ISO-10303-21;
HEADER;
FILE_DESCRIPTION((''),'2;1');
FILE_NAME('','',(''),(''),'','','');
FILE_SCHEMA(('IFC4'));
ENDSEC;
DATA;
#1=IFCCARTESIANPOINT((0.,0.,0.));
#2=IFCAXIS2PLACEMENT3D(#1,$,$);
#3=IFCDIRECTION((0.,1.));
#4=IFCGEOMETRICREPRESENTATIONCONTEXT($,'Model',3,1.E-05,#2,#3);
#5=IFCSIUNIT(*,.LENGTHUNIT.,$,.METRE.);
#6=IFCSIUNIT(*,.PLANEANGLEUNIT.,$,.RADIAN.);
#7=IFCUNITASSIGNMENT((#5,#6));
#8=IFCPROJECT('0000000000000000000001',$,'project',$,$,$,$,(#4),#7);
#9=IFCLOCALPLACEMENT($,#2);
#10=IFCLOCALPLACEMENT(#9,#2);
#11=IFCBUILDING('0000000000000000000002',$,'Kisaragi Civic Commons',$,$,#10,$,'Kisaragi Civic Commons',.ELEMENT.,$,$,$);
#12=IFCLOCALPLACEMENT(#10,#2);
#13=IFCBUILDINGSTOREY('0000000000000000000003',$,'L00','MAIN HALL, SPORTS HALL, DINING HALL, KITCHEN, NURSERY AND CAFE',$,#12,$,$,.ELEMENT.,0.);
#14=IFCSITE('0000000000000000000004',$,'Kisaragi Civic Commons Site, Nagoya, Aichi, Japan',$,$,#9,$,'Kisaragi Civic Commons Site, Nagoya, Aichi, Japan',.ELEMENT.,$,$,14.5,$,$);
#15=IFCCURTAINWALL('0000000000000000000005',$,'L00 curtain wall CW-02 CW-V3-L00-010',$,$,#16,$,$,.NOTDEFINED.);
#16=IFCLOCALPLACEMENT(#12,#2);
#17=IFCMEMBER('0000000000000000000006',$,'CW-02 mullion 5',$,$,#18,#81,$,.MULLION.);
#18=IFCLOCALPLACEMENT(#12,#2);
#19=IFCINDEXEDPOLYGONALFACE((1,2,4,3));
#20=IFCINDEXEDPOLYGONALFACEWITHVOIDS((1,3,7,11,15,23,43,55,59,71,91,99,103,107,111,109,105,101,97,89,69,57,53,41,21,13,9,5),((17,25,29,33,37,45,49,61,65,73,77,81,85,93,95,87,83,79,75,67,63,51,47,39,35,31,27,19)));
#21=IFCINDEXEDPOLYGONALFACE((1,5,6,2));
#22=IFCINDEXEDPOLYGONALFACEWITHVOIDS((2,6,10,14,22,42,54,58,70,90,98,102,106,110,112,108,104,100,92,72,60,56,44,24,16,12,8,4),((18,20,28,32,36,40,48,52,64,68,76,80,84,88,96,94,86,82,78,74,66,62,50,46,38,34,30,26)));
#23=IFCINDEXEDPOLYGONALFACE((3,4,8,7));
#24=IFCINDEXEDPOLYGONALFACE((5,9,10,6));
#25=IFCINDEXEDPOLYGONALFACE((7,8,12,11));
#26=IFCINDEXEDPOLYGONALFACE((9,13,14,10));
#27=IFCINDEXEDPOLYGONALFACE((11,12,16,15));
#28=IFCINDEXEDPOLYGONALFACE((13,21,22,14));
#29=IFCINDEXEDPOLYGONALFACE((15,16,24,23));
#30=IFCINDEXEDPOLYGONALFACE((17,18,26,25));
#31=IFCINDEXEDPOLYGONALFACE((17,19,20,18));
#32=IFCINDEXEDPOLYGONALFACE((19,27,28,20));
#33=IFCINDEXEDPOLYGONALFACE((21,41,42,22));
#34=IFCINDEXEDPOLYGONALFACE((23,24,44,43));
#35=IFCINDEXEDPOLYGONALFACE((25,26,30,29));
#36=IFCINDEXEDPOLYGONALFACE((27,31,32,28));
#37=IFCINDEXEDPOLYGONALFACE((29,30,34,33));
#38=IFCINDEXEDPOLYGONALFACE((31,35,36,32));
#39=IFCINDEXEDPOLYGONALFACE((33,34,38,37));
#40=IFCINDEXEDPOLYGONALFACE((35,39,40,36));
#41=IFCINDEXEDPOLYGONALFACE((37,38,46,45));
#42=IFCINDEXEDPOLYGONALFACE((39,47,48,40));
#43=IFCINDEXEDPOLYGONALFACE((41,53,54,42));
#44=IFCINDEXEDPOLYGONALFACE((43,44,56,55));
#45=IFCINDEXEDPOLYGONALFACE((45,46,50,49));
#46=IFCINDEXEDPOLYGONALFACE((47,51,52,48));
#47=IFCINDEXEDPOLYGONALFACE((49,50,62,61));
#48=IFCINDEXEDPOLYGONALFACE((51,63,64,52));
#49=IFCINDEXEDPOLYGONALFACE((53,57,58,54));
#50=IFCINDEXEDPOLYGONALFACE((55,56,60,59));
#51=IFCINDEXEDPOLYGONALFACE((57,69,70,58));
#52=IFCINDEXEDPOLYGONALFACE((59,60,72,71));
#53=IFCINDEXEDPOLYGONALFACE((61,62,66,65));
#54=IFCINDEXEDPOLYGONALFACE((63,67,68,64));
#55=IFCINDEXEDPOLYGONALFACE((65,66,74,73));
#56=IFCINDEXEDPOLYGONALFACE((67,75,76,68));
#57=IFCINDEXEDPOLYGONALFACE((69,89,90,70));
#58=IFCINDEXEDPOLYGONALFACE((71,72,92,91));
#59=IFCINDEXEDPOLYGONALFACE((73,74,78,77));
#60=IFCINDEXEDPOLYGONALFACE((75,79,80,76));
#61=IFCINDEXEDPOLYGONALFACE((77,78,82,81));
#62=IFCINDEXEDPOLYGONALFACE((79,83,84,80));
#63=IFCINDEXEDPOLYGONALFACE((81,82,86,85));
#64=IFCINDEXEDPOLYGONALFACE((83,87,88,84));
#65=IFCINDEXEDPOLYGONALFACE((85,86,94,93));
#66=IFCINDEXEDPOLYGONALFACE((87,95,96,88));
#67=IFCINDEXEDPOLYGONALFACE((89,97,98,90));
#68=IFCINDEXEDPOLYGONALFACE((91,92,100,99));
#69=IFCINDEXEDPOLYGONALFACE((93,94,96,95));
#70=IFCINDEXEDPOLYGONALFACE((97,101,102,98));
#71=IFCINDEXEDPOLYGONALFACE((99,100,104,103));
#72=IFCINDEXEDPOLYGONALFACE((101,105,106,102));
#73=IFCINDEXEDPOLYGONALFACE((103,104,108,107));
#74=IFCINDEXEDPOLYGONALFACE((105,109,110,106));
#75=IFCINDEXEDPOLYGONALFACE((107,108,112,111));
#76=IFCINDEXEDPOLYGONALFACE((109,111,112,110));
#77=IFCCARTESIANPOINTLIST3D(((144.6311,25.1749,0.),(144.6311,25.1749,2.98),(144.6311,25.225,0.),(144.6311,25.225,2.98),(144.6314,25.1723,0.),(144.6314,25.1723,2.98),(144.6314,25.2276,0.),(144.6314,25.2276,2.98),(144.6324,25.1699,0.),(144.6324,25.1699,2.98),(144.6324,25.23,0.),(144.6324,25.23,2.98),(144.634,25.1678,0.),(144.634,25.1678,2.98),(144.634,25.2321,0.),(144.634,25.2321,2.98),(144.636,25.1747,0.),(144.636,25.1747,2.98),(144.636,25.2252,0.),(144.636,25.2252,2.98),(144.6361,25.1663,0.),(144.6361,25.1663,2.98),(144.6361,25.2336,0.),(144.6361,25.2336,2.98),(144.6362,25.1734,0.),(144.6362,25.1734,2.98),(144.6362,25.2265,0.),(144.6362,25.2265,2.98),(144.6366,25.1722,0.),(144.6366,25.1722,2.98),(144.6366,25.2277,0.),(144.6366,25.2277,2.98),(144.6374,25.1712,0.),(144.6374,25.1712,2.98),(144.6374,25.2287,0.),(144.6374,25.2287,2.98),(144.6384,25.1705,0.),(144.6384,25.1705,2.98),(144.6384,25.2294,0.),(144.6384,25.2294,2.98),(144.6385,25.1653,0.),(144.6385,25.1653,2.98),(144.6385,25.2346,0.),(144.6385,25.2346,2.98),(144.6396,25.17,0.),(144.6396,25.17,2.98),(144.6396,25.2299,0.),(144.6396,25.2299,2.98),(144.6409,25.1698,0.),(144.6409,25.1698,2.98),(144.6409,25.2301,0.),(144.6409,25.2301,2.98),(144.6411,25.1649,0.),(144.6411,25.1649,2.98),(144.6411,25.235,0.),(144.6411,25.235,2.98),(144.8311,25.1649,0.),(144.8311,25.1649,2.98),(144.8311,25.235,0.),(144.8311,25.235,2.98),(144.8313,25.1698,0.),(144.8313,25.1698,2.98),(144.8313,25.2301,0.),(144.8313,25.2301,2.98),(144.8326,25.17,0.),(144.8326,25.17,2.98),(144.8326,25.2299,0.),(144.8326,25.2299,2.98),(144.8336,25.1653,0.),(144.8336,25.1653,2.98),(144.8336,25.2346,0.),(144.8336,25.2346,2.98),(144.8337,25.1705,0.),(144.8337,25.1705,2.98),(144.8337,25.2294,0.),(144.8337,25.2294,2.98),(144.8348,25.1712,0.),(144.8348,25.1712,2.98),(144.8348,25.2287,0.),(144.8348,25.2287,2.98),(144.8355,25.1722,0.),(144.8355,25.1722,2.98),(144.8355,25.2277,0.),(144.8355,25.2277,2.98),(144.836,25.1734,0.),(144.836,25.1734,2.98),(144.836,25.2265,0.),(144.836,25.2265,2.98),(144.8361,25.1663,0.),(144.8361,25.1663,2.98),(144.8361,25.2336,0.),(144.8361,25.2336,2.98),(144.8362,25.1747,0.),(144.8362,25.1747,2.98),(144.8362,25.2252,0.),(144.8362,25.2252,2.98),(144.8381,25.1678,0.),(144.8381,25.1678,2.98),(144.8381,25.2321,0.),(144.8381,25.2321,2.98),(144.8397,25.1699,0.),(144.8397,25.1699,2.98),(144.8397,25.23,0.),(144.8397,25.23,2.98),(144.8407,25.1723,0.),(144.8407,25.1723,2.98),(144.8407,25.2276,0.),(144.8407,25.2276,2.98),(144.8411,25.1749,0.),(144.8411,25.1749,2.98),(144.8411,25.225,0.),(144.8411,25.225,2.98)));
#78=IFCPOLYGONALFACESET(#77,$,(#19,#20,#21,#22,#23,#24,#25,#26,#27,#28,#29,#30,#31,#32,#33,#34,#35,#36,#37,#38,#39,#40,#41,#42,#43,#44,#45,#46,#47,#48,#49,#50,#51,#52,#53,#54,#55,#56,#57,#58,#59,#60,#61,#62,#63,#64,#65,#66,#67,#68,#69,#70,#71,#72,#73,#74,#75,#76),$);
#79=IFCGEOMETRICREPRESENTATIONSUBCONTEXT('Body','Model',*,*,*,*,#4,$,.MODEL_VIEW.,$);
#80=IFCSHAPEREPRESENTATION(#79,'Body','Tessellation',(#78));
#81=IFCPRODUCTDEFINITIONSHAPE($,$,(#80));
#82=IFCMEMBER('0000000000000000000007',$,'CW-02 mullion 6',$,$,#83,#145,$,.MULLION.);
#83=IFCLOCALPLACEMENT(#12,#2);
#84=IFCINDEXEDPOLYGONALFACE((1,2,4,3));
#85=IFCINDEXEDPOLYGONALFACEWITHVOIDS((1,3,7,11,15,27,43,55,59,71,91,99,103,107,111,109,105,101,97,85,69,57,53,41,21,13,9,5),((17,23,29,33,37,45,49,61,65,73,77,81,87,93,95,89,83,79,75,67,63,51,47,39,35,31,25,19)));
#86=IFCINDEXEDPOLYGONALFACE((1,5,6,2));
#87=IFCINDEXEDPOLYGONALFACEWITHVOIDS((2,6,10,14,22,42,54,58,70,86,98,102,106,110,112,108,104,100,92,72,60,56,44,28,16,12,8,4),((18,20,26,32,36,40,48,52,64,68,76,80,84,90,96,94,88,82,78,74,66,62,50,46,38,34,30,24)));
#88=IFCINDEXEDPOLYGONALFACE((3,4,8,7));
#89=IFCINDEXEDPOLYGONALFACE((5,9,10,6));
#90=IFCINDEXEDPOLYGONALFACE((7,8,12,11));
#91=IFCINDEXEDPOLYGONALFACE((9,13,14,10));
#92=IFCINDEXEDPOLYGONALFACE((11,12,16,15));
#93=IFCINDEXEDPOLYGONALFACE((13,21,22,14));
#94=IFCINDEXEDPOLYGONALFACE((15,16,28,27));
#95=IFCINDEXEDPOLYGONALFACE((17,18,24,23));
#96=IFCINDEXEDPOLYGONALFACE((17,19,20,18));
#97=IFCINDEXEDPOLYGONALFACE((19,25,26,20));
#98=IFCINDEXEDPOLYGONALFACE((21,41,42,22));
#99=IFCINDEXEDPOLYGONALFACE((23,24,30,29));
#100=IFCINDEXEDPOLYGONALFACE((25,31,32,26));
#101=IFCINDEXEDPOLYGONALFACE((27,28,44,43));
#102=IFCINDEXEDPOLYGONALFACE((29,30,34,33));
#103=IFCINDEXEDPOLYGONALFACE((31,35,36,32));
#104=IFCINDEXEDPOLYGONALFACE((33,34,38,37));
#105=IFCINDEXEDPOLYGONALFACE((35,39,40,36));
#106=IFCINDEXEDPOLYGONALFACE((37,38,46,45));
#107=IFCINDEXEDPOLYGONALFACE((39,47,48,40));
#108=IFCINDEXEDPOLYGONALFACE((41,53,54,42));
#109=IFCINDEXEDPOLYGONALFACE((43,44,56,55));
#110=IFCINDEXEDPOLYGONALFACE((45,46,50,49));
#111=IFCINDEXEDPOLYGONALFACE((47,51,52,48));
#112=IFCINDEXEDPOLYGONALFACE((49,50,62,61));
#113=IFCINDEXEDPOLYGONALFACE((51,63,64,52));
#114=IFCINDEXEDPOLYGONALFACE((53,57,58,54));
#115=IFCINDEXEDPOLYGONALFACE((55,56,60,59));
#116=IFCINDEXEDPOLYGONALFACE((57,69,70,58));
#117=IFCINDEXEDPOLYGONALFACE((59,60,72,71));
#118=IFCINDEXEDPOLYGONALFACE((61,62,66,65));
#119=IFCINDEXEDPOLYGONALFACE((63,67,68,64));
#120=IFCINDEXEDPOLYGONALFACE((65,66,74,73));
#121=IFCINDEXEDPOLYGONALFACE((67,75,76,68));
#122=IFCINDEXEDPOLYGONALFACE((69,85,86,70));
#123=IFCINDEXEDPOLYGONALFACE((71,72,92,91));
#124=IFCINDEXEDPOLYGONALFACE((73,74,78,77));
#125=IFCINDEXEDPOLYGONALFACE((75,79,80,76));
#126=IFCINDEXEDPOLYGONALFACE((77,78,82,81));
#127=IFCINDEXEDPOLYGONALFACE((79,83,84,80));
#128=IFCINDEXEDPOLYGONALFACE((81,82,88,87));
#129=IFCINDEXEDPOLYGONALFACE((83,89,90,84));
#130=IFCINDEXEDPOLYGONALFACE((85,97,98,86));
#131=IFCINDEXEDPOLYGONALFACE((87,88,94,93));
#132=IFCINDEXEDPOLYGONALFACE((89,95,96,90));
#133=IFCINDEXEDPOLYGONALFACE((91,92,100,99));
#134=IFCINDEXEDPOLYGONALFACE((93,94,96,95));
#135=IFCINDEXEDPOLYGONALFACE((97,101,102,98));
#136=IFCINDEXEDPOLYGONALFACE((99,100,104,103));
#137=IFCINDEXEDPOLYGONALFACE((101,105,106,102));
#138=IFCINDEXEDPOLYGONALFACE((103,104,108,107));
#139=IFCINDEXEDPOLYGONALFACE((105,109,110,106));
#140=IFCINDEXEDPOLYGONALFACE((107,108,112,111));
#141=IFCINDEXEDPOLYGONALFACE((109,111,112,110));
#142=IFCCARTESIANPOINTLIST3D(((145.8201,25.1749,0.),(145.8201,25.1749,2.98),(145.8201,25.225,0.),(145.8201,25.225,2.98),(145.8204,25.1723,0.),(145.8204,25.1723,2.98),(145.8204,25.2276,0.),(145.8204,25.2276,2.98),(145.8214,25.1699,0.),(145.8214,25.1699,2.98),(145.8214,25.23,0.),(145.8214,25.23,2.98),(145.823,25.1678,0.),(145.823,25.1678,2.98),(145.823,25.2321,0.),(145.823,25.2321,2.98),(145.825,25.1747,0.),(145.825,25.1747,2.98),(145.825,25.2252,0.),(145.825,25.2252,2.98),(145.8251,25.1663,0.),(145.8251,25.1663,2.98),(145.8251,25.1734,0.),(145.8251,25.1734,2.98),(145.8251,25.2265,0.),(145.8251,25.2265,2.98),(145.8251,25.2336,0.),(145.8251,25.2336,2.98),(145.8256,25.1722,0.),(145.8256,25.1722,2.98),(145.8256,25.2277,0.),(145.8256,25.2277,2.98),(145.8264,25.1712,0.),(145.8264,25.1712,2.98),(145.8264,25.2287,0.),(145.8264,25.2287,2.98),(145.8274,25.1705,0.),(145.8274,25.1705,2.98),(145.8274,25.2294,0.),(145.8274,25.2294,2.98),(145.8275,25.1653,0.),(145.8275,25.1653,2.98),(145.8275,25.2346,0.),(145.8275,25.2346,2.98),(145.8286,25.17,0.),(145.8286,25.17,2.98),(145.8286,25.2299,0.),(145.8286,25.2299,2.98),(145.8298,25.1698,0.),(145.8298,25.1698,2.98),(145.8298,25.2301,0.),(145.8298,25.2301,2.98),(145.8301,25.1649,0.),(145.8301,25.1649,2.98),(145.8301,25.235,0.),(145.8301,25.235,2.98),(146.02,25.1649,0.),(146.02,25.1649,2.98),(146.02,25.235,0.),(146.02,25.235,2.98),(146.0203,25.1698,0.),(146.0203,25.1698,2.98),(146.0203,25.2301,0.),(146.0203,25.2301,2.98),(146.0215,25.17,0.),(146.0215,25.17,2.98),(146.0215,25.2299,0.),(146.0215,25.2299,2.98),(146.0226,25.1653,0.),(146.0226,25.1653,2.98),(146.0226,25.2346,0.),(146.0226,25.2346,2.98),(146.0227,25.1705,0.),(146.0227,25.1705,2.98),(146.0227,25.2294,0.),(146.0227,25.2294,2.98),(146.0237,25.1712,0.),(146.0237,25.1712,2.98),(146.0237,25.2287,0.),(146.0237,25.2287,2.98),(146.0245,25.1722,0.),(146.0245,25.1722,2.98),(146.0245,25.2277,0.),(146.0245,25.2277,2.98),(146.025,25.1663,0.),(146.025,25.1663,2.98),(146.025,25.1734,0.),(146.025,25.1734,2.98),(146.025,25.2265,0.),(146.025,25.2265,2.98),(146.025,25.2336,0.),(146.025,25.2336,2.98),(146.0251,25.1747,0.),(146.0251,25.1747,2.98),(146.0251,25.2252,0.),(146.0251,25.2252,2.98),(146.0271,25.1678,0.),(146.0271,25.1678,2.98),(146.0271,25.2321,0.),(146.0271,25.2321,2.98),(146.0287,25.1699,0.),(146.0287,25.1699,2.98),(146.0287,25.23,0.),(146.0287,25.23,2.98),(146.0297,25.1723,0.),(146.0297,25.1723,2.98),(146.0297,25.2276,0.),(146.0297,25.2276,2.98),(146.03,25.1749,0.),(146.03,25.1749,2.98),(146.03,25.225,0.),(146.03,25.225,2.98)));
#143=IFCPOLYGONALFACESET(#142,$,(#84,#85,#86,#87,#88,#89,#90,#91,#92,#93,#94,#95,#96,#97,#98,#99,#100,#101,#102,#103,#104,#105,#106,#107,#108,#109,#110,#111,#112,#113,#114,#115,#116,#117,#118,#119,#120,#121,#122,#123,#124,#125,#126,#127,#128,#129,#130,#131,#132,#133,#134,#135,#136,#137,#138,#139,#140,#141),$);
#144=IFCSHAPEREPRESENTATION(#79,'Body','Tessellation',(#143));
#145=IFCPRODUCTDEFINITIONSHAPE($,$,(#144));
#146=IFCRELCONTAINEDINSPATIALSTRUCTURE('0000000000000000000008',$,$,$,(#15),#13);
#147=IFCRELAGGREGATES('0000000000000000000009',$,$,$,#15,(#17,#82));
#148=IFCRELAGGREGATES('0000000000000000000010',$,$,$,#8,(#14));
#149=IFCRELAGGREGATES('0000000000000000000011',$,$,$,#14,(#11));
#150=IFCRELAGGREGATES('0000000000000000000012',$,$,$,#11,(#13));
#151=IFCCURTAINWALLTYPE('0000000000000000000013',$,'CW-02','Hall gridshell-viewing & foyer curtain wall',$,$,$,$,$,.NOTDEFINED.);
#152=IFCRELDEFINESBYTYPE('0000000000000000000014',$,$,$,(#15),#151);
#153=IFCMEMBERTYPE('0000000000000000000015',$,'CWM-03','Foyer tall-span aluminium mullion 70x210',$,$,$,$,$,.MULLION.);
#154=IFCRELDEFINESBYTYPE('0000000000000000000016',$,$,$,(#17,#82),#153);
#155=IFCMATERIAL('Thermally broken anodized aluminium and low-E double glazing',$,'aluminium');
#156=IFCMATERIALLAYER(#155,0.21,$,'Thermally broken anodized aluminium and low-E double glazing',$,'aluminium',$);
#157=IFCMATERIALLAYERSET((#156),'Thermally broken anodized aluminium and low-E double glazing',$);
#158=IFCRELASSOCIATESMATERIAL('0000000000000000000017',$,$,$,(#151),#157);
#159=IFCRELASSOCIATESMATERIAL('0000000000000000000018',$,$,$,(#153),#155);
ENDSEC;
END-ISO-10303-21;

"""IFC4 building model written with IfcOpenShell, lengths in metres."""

from ifc_helpers import new_model, si_unit, direction, frame, origin, origin_2d, place, context, subcontext, project, spatial, hollow_rectangle, extrude, material, layer, layer_set, material_profile, profile_set, type_object, element, aggregate, save


model = new_model("IFC4")

# Units and contexts
model_context = context("Model", 3, precision=1e-05, world=origin(), true_north=direction((0.0, 1.0)))
body_context = subcontext(model_context, "Body", "Model", "MODEL_VIEW")
ifc_project = project(units=[si_unit("LENGTHUNIT", "METRE"), si_unit("PLANEANGLEUNIT", "RADIAN")], contexts=[model_context])

# Site, building, storey
site_placement = place(None, origin())
site = spatial("IfcSite", under=ifc_project, at=site_placement, Name="Kisaragi Civic Commons Site, Nagoya, Aichi, Japan", LongName="Kisaragi Civic Commons Site, Nagoya, Aichi, Japan", CompositionType="ELEMENT", RefElevation=14.5)
building_placement = place(site_placement, origin())
building = spatial("IfcBuilding", under=site, at=building_placement, Name="Kisaragi Civic Commons", LongName="Kisaragi Civic Commons", CompositionType="ELEMENT")
storey_placement = place(building_placement, origin())
storey = spatial("IfcBuildingStorey", under=building, at=storey_placement, Name="L00", Description="MAIN HALL, SPORTS HALL, DINING HALL, KITCHEN, NURSERY AND CAFE", CompositionType="ELEMENT", Elevation=0.0)

# Curtain wall, members
ifc_material_1 = material(Name="Thermally broken anodized aluminium and low-E double glazing", Category="aluminium")
ifc_layer_1 = layer(ifc_material_1, 0.21, Name="Thermally broken anodized aluminium and low-E double glazing", Category="aluminium")
ifc_layer_set_1 = layer_set([ifc_layer_1], Name="Thermally broken anodized aluminium and low-E double glazing")
curtain_wall_type = type_object("IfcCurtainWallType", Name="CW-02", Description="Hall gridshell-viewing & foyer curtain wall", PredefinedType="NOTDEFINED", material=ifc_layer_set_1)
curtain_wall_placement = place(storey_placement, origin())
curtain_wall = element("IfcCurtainWall", 1, at=curtain_wall_placement, inside=storey, type_object=curtain_wall_type, Name="L00 curtain wall CW-02 CW-V3-L00-010", PredefinedType="NOTDEFINED")
ifc_material_profile_1 = material_profile(ifc_material_1, hollow_rectangle(XDim=0.0701, YDim=0.21, WallThickness=0.0049, InnerFilletRadius=0.0049, OuterFilletRadius=0.01, at=origin_2d()), Name="CWM-70x210x5", Category="aluminium")
ifc_profile_set_1 = profile_set([ifc_material_profile_1], Name="Thermally broken anodized aluminium and low-E double glazing")
member_type_1 = type_object("IfcMemberType", Name="CWM-03", Description="Foyer tall-span aluminium mullion 70x210", PredefinedType="MULLION", material=ifc_profile_set_1)
member_1_placement = place(storey_placement, frame((144.7361, 25.2, 0.0), z_axis=(0.0, 0.0, 1.0), x_axis=(0.0, 1.0, 0.0)))
member_1 = element("IfcMember", 2, at=member_1_placement, type_object=member_type_1, Name="CW-02 mullion 5", PredefinedType="MULLION", context=body_context, shape_type="SweptSolid", body=[
    extrude(hollow_rectangle(XDim=0.0701, YDim=0.21, WallThickness=0.0049, InnerFilletRadius=0.0049, OuterFilletRadius=0.01, at=origin_2d()), origin(), (0.0, 0.0, 1.0), 2.98),
])
member_2_placement = place(storey_placement, frame((145.925, 25.2, 0.0), z_axis=(0.0, 0.0, 1.0), x_axis=(0.0, 1.0, 0.0)))
member_2 = element("IfcMember", 3, at=member_2_placement, type_object=member_type_1, Name="CW-02 mullion 6", PredefinedType="MULLION", context=body_context, shape_type="SweptSolid", body=[
    extrude(hollow_rectangle(XDim=0.0701, YDim=0.21, WallThickness=0.0049, InnerFilletRadius=0.0049, OuterFilletRadius=0.01, at=origin_2d()), origin(), (0.0, 0.0, 1.0), 2.98),
])

aggregate(curtain_wall, [member_1, member_2])

save(model, "model.ifc")
